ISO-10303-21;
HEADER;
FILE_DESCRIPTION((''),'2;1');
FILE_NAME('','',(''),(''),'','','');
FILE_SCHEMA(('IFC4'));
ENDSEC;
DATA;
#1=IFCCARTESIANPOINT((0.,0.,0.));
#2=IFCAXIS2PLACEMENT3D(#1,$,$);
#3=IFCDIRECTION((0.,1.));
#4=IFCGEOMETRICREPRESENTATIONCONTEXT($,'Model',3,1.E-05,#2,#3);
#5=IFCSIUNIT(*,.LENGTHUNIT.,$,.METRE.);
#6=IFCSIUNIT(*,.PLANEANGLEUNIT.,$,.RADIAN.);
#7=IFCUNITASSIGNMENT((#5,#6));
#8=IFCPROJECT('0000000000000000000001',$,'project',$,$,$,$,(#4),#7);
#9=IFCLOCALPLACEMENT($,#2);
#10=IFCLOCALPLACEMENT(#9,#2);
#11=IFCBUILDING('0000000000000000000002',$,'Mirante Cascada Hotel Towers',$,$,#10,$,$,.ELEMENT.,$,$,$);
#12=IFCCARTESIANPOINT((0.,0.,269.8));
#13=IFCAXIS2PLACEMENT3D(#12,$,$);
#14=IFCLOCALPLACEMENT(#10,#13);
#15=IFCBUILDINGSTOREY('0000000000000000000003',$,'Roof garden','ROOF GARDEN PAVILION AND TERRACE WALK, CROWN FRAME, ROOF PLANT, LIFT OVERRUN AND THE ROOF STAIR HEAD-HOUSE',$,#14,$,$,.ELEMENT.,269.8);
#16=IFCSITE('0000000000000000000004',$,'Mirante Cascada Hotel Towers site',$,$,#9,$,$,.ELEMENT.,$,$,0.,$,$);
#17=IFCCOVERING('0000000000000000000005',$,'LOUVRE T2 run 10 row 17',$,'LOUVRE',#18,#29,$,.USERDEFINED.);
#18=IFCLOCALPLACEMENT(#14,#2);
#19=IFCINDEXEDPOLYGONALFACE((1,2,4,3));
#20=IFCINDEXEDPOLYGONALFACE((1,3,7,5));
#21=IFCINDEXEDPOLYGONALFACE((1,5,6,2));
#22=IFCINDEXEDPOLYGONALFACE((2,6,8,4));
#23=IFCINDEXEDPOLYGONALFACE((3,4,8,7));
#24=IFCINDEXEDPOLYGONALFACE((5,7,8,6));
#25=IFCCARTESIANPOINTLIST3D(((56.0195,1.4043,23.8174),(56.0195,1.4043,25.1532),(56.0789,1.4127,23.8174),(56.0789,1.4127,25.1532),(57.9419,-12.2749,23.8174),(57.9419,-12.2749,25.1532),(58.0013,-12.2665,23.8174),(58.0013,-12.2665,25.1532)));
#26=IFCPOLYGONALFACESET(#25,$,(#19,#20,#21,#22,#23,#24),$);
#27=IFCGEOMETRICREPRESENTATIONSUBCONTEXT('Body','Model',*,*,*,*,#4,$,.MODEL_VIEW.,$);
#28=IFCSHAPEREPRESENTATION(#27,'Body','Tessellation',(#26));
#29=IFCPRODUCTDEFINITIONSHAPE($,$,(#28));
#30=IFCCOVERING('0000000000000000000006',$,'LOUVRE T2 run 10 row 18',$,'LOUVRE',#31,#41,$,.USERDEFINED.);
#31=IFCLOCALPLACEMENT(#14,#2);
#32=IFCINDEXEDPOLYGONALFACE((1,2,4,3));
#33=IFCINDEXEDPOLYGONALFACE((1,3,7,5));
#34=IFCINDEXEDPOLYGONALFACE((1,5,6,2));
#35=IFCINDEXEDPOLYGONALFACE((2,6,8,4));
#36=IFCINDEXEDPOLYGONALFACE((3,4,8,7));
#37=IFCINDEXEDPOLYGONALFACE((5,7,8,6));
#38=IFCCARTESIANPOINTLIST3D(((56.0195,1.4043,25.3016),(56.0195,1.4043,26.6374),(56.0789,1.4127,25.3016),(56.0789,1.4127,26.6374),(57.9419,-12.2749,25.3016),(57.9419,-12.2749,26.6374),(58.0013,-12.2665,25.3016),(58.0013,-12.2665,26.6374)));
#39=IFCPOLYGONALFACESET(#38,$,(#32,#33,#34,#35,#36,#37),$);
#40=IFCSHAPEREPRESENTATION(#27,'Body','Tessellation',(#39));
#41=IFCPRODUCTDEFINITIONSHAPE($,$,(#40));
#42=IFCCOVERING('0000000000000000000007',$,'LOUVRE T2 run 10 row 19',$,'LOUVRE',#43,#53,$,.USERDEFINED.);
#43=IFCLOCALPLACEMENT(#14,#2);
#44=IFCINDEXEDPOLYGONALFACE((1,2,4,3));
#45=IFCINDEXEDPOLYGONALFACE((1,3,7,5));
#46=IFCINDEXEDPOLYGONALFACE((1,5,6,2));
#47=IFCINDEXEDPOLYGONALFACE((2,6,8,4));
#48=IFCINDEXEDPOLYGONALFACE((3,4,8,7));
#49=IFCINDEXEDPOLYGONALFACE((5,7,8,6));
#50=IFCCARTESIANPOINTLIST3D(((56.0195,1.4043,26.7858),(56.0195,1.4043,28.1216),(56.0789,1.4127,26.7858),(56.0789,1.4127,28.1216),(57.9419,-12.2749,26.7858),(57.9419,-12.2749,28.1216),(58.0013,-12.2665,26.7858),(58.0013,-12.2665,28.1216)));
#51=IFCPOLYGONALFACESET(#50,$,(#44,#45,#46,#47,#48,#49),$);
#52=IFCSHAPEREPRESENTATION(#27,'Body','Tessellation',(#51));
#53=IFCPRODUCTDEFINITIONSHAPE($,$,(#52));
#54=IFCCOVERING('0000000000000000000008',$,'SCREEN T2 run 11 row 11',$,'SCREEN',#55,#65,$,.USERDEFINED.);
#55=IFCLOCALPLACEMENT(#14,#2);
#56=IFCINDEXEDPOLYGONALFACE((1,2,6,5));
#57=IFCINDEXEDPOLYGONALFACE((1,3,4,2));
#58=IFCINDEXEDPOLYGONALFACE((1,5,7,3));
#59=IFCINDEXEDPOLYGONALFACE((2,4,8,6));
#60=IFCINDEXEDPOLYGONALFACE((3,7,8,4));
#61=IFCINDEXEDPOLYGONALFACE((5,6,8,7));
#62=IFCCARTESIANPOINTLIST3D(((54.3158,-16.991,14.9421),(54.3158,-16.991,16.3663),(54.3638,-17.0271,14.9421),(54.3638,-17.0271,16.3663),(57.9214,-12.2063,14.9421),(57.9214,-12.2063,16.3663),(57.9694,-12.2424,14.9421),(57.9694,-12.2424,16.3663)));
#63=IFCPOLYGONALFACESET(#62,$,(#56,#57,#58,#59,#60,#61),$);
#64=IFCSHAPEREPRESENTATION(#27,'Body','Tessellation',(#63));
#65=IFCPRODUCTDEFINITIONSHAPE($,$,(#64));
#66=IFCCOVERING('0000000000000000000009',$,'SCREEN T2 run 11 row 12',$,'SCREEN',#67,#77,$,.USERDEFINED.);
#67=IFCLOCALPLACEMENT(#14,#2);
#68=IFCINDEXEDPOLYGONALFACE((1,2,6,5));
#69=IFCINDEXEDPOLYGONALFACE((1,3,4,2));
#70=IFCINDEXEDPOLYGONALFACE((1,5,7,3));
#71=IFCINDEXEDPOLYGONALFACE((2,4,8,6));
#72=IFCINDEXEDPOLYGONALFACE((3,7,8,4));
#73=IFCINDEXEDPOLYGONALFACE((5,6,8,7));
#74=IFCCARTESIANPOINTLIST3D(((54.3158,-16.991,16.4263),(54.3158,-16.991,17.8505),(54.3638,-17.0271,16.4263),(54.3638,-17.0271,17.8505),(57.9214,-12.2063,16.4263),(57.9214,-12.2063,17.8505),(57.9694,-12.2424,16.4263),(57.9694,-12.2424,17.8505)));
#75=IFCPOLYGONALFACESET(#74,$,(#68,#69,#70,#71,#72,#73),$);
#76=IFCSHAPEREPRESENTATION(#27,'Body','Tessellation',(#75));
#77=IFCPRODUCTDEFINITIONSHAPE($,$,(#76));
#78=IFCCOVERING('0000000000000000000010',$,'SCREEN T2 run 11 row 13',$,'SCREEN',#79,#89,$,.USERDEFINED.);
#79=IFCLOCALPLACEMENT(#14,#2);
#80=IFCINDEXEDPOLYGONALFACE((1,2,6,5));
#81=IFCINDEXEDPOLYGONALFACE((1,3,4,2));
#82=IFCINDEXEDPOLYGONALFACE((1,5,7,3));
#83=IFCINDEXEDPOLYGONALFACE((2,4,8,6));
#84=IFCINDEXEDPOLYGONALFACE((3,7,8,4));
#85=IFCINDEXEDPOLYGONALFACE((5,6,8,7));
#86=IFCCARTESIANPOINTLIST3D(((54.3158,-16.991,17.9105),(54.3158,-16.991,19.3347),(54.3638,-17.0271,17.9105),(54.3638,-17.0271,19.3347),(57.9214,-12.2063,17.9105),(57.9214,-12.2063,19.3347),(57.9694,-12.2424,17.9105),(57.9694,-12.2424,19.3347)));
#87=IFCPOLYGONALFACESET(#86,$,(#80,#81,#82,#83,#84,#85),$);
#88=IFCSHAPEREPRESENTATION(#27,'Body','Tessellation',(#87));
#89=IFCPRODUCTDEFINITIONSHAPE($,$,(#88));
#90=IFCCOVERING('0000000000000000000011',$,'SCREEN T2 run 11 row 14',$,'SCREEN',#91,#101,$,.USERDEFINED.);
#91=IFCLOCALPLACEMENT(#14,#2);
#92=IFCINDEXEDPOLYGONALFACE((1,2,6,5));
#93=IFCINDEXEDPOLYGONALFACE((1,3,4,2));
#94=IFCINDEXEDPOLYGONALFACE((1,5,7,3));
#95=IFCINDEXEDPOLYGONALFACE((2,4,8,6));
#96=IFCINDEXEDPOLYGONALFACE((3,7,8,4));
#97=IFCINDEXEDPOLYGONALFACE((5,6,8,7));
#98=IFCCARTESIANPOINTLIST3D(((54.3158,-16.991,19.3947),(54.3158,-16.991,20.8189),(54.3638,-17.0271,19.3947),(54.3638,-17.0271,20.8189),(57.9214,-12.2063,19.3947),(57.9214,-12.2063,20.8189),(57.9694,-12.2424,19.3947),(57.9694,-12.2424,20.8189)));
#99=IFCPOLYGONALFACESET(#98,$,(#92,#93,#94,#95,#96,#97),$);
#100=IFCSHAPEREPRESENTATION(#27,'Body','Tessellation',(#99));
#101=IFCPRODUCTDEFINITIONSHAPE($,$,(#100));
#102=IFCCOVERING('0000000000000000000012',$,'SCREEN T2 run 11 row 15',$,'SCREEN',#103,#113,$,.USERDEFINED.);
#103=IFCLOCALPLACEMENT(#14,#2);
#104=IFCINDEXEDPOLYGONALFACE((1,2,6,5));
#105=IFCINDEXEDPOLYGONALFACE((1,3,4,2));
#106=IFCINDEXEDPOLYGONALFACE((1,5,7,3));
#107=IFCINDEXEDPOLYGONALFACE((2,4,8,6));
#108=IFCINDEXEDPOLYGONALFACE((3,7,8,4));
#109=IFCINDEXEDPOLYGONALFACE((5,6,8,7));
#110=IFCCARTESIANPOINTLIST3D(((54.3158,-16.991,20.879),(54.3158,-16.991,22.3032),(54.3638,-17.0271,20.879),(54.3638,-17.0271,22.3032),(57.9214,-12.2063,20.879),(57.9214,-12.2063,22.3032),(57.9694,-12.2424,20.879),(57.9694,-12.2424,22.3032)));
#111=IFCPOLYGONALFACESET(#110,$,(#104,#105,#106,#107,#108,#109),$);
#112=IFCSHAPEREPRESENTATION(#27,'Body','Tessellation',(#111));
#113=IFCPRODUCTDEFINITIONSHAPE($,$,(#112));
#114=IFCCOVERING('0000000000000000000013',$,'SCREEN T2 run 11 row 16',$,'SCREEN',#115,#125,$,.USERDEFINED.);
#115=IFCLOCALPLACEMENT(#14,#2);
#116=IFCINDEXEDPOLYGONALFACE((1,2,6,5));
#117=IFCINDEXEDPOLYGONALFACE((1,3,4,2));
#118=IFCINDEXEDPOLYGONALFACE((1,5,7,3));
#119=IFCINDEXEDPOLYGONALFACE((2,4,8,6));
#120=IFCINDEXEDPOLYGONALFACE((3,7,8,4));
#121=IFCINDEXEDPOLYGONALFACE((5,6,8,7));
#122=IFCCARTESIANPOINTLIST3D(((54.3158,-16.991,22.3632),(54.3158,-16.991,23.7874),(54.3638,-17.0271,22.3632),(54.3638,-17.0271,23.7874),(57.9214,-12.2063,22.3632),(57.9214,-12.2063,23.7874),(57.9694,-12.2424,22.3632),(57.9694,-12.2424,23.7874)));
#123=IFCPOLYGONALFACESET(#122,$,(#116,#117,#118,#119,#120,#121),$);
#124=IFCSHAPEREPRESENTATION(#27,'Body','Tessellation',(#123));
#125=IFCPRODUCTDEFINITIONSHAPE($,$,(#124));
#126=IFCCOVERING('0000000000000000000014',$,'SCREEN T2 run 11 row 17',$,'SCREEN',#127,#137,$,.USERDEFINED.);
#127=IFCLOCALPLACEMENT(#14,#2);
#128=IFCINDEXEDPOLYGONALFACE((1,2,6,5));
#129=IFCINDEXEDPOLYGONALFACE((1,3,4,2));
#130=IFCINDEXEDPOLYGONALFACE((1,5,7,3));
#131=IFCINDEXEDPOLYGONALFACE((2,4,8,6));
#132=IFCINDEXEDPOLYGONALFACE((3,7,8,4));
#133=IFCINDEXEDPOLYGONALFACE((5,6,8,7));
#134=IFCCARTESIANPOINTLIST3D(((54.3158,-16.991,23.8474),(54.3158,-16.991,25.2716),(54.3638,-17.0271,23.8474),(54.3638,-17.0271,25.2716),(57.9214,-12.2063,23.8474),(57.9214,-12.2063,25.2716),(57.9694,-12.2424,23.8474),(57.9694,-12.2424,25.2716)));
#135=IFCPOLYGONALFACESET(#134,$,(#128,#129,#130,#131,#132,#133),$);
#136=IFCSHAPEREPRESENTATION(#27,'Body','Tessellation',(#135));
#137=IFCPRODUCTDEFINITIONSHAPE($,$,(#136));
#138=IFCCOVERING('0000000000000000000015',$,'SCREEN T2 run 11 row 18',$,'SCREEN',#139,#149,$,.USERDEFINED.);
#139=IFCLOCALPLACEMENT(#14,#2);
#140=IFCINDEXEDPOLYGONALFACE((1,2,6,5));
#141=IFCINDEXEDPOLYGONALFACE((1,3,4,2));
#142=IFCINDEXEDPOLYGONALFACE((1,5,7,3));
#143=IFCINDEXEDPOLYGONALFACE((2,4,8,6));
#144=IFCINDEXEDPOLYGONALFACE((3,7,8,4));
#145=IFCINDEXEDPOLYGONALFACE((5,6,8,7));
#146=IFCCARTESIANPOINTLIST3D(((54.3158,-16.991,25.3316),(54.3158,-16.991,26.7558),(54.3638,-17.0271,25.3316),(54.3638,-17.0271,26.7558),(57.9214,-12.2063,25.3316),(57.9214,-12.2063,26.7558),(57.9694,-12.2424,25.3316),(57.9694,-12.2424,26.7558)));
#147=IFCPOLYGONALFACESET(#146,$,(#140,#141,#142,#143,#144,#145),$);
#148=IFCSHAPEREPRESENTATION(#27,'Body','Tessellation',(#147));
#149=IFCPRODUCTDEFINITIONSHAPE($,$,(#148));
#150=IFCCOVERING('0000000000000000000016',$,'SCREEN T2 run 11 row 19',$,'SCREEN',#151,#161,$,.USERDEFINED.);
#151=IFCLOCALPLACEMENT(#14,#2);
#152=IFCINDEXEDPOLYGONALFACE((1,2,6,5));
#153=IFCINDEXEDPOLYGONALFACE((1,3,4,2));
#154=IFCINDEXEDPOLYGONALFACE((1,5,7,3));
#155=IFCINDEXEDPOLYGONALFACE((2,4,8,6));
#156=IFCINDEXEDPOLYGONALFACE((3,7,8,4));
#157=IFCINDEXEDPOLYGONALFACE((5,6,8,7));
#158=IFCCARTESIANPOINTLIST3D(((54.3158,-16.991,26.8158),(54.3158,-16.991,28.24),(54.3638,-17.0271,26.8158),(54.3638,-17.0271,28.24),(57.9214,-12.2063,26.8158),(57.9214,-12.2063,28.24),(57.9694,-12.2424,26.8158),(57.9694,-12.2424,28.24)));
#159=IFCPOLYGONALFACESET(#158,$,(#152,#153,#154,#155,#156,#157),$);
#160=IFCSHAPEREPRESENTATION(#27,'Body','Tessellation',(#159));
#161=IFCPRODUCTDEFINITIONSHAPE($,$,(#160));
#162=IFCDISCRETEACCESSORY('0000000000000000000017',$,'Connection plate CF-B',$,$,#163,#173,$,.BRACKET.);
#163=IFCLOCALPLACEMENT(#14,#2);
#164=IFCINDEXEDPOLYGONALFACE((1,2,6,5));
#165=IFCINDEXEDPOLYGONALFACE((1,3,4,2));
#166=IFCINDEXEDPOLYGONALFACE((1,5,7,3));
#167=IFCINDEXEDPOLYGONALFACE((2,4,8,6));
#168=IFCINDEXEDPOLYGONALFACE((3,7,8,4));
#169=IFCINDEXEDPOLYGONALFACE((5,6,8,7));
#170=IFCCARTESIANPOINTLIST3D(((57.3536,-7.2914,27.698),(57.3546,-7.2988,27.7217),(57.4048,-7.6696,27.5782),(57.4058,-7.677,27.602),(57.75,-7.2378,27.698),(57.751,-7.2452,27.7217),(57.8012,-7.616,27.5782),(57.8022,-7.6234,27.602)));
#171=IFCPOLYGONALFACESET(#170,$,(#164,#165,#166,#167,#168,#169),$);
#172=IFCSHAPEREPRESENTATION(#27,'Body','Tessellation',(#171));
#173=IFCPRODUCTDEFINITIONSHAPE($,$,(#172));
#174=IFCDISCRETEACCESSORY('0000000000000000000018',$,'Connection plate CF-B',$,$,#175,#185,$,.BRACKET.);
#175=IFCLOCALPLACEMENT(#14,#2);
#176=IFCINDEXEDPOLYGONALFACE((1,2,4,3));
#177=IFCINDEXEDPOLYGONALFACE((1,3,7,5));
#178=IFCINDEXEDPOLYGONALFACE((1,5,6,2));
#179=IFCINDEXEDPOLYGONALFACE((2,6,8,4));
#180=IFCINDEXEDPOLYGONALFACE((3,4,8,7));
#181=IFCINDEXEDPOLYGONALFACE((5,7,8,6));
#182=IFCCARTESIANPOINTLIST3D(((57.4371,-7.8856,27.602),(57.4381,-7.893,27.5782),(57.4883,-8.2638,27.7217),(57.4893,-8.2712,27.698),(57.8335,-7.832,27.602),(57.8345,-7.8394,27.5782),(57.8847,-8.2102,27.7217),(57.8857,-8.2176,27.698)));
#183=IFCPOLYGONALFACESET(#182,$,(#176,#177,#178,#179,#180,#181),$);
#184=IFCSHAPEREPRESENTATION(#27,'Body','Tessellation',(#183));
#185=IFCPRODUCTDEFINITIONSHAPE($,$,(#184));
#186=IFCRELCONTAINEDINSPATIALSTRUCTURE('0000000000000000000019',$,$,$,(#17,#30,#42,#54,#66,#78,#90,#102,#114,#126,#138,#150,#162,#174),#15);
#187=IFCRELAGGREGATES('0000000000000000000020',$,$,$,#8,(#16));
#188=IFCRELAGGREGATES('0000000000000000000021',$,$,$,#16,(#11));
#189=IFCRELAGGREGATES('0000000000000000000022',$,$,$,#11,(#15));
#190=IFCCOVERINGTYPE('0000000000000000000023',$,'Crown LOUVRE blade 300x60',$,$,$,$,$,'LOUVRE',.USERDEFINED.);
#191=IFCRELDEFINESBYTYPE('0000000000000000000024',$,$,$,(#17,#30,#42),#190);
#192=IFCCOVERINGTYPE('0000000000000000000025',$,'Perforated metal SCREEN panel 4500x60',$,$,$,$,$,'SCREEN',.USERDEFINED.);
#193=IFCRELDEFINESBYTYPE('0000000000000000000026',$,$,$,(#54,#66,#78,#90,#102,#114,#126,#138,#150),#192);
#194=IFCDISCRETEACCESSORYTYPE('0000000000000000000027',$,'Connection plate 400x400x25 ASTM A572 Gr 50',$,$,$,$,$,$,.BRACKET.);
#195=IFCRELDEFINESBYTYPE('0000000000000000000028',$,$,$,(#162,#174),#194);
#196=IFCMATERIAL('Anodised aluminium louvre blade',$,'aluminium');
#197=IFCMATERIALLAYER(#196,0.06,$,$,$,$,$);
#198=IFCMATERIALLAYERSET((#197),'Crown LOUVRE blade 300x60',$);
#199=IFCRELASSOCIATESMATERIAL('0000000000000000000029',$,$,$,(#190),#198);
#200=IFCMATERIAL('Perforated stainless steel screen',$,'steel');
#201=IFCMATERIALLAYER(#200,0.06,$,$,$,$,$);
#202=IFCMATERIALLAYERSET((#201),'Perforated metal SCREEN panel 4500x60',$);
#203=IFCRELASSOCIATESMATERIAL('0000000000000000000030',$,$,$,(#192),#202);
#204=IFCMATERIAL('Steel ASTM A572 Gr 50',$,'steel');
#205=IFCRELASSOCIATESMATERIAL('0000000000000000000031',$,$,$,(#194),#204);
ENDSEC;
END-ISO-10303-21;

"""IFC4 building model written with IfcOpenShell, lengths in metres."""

from ifc_helpers import new_model, si_unit, direction, frame, origin, origin_2d, place, context, subcontext, project, spatial, rectangle, extrude, material, layer, layer_set, material_profile, profile_set, type_object, element, save


model = new_model("IFC4")

# Units and contexts
model_context = context("Model", 3, precision=1e-05, world=origin(), true_north=direction((0.0, 1.0)))
body_context = subcontext(model_context, "Body", "Model", "MODEL_VIEW")
ifc_project = project(units=[si_unit("LENGTHUNIT", "METRE"), si_unit("PLANEANGLEUNIT", "RADIAN")], contexts=[model_context])

# Site, building, storey
site_placement = place(None, origin())
site = spatial("IfcSite", under=ifc_project, at=site_placement, Name="Mirante Cascada Hotel Towers site", CompositionType="ELEMENT", RefElevation=0.0)
building_placement = place(site_placement, origin())
building = spatial("IfcBuilding", under=site, at=building_placement, Name="Mirante Cascada Hotel Towers", CompositionType="ELEMENT")
storey_placement = place(building_placement, frame((0.0, 0.0, 269.8)))
storey = spatial("IfcBuildingStorey", under=building, at=storey_placement, Name="Roof garden", Description="ROOF GARDEN PAVILION AND TERRACE WALK, CROWN FRAME, ROOF PLANT, LIFT OVERRUN AND THE ROOF STAIR HEAD-HOUSE", CompositionType="ELEMENT", Elevation=269.8)

# Coverings
ifc_material_1 = material(Name="Anodised aluminium louvre blade", Category="aluminium")
ifc_layer_1 = layer(ifc_material_1, 0.06)
ifc_layer_set_1 = layer_set([ifc_layer_1], Name="Crown LOUVRE blade 300x60")
covering_type_1 = type_object("IfcCoveringType", Name="Crown LOUVRE blade 300x60", ElementType="LOUVRE", PredefinedType="USERDEFINED", material=ifc_layer_set_1)
for number, where, z_axis, x_axis, name in (
    (1, (57.0104, -5.4311, 23.8174), (0.0, 0.0, 1.0), (0.139173, -0.990268, 0.0), "LOUVRE T2 run 10 row 17"),
    (2, (57.0104, -5.4311, 25.3016), (0.0, 0.0, 1.0), (0.139173, -0.990268, 0.0), "LOUVRE T2 run 10 row 18"),
    (3, (57.0104, -5.4311, 26.7858), (0.0, 0.0, 1.0), (0.139173, -0.990268, 0.0), "LOUVRE T2 run 10 row 19"),
):
    element("IfcCovering", number, at=place(storey_placement, frame(where, z_axis=z_axis, x_axis=x_axis)), inside=storey, type_object=covering_type_1, Name=name, ObjectType="LOUVRE", PredefinedType="USERDEFINED", context=body_context, shape_type="SweptSolid", body=[
        extrude(rectangle(XDim=13.8136, YDim=0.06, at=origin_2d()), origin(), (0.0, 0.0, 1.0), 1.3358),
    ])
ifc_material_2 = material(Name="Perforated stainless steel screen", Category="steel")
ifc_layer_2 = layer(ifc_material_2, 0.06)
ifc_layer_set_2 = layer_set([ifc_layer_2], Name="Perforated metal SCREEN panel 4500x60")
covering_type_2 = type_object("IfcCoveringType", Name="Perforated metal SCREEN panel 4500x60", ElementType="SCREEN", PredefinedType="USERDEFINED", material=ifc_layer_set_2)
for number, where, z_axis, x_axis, name in (
    (4, (56.1426, -14.6167, 14.9421), (0.0, 0.0, 1.0), (-0.601815, -0.798636, 0.0), "SCREEN T2 run 11 row 11"),
    (5, (56.1426, -14.6167, 16.4263), (0.0, 0.0, 1.0), (-0.601815, -0.798636, 0.0), "SCREEN T2 run 11 row 12"),
    (6, (56.1426, -14.6167, 17.9105), (0.0, 0.0, 1.0), (-0.601815, -0.798636, 0.0), "SCREEN T2 run 11 row 13"),
    (7, (56.1426, -14.6167, 19.3947), (0.0, 0.0, 1.0), (-0.601815, -0.798636, 0.0), "SCREEN T2 run 11 row 14"),
    (8, (56.1426, -14.6167, 20.879), (0.0, 0.0, 1.0), (-0.601815, -0.798636, 0.0), "SCREEN T2 run 11 row 15"),
    (9, (56.1426, -14.6167, 22.3632), (0.0, 0.0, 1.0), (-0.601815, -0.798636, 0.0), "SCREEN T2 run 11 row 16"),
    (10, (56.1426, -14.6167, 23.8474), (0.0, 0.0, 1.0), (-0.601815, -0.798636, 0.0), "SCREEN T2 run 11 row 17"),
    (11, (56.1426, -14.6167, 25.3316), (0.0, 0.0, 1.0), (-0.601815, -0.798636, 0.0), "SCREEN T2 run 11 row 18"),
    (12, (56.1426, -14.6167, 26.8158), (0.0, 0.0, 1.0), (-0.601815, -0.798636, 0.0), "SCREEN T2 run 11 row 19"),
):
    element("IfcCovering", number, at=place(storey_placement, frame(where, z_axis=z_axis, x_axis=x_axis)), inside=storey, type_object=covering_type_2, Name=name, ObjectType="SCREEN", PredefinedType="USERDEFINED", context=body_context, shape_type="SweptSolid", body=[
        extrude(rectangle(XDim=5.9912, YDim=0.06, at=origin_2d()), origin(), (0.0, 0.0, 1.0), 1.4242),
    ])

# Discrete accessories
ifc_material_3 = material(Name="Steel ASTM A572 Gr 50", Category="steel")
ifc_material_profile_1 = material_profile(ifc_material_3, rectangle(XDim=0.4, YDim=0.4, at=origin_2d()), Name="Connection plate 400x400x25 ASTM A572 Gr 50")
ifc_profile_set_1 = profile_set([ifc_material_profile_1], Name="Steel ASTM A572 Gr 50")
discrete_accessory_type = type_object("IfcDiscreteAccessoryType", Name="Connection plate 400x400x25 ASTM A572 Gr 50", PredefinedType="BRACKET", material=ifc_profile_set_1)
for number, where, z_axis, x_axis, name in (
    (13, (57.5774, -7.4537, 27.6381), (0.04009, -0.296665, 0.95414), (0.990992, 0.133918, 0.0), "Connection plate CF-B"),
    (14, (57.6619, -8.0553, 27.6381), (-0.04009, 0.296665, 0.95414), (-0.990992, -0.133918, 0.0), "Connection plate CF-B"),
):
    element("IfcDiscreteAccessory", number, at=place(storey_placement, frame(where, z_axis=z_axis, x_axis=x_axis)), inside=storey, type_object=discrete_accessory_type, Name=name, PredefinedType="BRACKET", context=body_context, shape_type="SweptSolid", body=[
        extrude(rectangle(XDim=0.4, YDim=0.4, at=origin_2d()), origin(), (0.0, 0.0, 1.0), 0.0249),
    ])

save(model, "model.ifc")
